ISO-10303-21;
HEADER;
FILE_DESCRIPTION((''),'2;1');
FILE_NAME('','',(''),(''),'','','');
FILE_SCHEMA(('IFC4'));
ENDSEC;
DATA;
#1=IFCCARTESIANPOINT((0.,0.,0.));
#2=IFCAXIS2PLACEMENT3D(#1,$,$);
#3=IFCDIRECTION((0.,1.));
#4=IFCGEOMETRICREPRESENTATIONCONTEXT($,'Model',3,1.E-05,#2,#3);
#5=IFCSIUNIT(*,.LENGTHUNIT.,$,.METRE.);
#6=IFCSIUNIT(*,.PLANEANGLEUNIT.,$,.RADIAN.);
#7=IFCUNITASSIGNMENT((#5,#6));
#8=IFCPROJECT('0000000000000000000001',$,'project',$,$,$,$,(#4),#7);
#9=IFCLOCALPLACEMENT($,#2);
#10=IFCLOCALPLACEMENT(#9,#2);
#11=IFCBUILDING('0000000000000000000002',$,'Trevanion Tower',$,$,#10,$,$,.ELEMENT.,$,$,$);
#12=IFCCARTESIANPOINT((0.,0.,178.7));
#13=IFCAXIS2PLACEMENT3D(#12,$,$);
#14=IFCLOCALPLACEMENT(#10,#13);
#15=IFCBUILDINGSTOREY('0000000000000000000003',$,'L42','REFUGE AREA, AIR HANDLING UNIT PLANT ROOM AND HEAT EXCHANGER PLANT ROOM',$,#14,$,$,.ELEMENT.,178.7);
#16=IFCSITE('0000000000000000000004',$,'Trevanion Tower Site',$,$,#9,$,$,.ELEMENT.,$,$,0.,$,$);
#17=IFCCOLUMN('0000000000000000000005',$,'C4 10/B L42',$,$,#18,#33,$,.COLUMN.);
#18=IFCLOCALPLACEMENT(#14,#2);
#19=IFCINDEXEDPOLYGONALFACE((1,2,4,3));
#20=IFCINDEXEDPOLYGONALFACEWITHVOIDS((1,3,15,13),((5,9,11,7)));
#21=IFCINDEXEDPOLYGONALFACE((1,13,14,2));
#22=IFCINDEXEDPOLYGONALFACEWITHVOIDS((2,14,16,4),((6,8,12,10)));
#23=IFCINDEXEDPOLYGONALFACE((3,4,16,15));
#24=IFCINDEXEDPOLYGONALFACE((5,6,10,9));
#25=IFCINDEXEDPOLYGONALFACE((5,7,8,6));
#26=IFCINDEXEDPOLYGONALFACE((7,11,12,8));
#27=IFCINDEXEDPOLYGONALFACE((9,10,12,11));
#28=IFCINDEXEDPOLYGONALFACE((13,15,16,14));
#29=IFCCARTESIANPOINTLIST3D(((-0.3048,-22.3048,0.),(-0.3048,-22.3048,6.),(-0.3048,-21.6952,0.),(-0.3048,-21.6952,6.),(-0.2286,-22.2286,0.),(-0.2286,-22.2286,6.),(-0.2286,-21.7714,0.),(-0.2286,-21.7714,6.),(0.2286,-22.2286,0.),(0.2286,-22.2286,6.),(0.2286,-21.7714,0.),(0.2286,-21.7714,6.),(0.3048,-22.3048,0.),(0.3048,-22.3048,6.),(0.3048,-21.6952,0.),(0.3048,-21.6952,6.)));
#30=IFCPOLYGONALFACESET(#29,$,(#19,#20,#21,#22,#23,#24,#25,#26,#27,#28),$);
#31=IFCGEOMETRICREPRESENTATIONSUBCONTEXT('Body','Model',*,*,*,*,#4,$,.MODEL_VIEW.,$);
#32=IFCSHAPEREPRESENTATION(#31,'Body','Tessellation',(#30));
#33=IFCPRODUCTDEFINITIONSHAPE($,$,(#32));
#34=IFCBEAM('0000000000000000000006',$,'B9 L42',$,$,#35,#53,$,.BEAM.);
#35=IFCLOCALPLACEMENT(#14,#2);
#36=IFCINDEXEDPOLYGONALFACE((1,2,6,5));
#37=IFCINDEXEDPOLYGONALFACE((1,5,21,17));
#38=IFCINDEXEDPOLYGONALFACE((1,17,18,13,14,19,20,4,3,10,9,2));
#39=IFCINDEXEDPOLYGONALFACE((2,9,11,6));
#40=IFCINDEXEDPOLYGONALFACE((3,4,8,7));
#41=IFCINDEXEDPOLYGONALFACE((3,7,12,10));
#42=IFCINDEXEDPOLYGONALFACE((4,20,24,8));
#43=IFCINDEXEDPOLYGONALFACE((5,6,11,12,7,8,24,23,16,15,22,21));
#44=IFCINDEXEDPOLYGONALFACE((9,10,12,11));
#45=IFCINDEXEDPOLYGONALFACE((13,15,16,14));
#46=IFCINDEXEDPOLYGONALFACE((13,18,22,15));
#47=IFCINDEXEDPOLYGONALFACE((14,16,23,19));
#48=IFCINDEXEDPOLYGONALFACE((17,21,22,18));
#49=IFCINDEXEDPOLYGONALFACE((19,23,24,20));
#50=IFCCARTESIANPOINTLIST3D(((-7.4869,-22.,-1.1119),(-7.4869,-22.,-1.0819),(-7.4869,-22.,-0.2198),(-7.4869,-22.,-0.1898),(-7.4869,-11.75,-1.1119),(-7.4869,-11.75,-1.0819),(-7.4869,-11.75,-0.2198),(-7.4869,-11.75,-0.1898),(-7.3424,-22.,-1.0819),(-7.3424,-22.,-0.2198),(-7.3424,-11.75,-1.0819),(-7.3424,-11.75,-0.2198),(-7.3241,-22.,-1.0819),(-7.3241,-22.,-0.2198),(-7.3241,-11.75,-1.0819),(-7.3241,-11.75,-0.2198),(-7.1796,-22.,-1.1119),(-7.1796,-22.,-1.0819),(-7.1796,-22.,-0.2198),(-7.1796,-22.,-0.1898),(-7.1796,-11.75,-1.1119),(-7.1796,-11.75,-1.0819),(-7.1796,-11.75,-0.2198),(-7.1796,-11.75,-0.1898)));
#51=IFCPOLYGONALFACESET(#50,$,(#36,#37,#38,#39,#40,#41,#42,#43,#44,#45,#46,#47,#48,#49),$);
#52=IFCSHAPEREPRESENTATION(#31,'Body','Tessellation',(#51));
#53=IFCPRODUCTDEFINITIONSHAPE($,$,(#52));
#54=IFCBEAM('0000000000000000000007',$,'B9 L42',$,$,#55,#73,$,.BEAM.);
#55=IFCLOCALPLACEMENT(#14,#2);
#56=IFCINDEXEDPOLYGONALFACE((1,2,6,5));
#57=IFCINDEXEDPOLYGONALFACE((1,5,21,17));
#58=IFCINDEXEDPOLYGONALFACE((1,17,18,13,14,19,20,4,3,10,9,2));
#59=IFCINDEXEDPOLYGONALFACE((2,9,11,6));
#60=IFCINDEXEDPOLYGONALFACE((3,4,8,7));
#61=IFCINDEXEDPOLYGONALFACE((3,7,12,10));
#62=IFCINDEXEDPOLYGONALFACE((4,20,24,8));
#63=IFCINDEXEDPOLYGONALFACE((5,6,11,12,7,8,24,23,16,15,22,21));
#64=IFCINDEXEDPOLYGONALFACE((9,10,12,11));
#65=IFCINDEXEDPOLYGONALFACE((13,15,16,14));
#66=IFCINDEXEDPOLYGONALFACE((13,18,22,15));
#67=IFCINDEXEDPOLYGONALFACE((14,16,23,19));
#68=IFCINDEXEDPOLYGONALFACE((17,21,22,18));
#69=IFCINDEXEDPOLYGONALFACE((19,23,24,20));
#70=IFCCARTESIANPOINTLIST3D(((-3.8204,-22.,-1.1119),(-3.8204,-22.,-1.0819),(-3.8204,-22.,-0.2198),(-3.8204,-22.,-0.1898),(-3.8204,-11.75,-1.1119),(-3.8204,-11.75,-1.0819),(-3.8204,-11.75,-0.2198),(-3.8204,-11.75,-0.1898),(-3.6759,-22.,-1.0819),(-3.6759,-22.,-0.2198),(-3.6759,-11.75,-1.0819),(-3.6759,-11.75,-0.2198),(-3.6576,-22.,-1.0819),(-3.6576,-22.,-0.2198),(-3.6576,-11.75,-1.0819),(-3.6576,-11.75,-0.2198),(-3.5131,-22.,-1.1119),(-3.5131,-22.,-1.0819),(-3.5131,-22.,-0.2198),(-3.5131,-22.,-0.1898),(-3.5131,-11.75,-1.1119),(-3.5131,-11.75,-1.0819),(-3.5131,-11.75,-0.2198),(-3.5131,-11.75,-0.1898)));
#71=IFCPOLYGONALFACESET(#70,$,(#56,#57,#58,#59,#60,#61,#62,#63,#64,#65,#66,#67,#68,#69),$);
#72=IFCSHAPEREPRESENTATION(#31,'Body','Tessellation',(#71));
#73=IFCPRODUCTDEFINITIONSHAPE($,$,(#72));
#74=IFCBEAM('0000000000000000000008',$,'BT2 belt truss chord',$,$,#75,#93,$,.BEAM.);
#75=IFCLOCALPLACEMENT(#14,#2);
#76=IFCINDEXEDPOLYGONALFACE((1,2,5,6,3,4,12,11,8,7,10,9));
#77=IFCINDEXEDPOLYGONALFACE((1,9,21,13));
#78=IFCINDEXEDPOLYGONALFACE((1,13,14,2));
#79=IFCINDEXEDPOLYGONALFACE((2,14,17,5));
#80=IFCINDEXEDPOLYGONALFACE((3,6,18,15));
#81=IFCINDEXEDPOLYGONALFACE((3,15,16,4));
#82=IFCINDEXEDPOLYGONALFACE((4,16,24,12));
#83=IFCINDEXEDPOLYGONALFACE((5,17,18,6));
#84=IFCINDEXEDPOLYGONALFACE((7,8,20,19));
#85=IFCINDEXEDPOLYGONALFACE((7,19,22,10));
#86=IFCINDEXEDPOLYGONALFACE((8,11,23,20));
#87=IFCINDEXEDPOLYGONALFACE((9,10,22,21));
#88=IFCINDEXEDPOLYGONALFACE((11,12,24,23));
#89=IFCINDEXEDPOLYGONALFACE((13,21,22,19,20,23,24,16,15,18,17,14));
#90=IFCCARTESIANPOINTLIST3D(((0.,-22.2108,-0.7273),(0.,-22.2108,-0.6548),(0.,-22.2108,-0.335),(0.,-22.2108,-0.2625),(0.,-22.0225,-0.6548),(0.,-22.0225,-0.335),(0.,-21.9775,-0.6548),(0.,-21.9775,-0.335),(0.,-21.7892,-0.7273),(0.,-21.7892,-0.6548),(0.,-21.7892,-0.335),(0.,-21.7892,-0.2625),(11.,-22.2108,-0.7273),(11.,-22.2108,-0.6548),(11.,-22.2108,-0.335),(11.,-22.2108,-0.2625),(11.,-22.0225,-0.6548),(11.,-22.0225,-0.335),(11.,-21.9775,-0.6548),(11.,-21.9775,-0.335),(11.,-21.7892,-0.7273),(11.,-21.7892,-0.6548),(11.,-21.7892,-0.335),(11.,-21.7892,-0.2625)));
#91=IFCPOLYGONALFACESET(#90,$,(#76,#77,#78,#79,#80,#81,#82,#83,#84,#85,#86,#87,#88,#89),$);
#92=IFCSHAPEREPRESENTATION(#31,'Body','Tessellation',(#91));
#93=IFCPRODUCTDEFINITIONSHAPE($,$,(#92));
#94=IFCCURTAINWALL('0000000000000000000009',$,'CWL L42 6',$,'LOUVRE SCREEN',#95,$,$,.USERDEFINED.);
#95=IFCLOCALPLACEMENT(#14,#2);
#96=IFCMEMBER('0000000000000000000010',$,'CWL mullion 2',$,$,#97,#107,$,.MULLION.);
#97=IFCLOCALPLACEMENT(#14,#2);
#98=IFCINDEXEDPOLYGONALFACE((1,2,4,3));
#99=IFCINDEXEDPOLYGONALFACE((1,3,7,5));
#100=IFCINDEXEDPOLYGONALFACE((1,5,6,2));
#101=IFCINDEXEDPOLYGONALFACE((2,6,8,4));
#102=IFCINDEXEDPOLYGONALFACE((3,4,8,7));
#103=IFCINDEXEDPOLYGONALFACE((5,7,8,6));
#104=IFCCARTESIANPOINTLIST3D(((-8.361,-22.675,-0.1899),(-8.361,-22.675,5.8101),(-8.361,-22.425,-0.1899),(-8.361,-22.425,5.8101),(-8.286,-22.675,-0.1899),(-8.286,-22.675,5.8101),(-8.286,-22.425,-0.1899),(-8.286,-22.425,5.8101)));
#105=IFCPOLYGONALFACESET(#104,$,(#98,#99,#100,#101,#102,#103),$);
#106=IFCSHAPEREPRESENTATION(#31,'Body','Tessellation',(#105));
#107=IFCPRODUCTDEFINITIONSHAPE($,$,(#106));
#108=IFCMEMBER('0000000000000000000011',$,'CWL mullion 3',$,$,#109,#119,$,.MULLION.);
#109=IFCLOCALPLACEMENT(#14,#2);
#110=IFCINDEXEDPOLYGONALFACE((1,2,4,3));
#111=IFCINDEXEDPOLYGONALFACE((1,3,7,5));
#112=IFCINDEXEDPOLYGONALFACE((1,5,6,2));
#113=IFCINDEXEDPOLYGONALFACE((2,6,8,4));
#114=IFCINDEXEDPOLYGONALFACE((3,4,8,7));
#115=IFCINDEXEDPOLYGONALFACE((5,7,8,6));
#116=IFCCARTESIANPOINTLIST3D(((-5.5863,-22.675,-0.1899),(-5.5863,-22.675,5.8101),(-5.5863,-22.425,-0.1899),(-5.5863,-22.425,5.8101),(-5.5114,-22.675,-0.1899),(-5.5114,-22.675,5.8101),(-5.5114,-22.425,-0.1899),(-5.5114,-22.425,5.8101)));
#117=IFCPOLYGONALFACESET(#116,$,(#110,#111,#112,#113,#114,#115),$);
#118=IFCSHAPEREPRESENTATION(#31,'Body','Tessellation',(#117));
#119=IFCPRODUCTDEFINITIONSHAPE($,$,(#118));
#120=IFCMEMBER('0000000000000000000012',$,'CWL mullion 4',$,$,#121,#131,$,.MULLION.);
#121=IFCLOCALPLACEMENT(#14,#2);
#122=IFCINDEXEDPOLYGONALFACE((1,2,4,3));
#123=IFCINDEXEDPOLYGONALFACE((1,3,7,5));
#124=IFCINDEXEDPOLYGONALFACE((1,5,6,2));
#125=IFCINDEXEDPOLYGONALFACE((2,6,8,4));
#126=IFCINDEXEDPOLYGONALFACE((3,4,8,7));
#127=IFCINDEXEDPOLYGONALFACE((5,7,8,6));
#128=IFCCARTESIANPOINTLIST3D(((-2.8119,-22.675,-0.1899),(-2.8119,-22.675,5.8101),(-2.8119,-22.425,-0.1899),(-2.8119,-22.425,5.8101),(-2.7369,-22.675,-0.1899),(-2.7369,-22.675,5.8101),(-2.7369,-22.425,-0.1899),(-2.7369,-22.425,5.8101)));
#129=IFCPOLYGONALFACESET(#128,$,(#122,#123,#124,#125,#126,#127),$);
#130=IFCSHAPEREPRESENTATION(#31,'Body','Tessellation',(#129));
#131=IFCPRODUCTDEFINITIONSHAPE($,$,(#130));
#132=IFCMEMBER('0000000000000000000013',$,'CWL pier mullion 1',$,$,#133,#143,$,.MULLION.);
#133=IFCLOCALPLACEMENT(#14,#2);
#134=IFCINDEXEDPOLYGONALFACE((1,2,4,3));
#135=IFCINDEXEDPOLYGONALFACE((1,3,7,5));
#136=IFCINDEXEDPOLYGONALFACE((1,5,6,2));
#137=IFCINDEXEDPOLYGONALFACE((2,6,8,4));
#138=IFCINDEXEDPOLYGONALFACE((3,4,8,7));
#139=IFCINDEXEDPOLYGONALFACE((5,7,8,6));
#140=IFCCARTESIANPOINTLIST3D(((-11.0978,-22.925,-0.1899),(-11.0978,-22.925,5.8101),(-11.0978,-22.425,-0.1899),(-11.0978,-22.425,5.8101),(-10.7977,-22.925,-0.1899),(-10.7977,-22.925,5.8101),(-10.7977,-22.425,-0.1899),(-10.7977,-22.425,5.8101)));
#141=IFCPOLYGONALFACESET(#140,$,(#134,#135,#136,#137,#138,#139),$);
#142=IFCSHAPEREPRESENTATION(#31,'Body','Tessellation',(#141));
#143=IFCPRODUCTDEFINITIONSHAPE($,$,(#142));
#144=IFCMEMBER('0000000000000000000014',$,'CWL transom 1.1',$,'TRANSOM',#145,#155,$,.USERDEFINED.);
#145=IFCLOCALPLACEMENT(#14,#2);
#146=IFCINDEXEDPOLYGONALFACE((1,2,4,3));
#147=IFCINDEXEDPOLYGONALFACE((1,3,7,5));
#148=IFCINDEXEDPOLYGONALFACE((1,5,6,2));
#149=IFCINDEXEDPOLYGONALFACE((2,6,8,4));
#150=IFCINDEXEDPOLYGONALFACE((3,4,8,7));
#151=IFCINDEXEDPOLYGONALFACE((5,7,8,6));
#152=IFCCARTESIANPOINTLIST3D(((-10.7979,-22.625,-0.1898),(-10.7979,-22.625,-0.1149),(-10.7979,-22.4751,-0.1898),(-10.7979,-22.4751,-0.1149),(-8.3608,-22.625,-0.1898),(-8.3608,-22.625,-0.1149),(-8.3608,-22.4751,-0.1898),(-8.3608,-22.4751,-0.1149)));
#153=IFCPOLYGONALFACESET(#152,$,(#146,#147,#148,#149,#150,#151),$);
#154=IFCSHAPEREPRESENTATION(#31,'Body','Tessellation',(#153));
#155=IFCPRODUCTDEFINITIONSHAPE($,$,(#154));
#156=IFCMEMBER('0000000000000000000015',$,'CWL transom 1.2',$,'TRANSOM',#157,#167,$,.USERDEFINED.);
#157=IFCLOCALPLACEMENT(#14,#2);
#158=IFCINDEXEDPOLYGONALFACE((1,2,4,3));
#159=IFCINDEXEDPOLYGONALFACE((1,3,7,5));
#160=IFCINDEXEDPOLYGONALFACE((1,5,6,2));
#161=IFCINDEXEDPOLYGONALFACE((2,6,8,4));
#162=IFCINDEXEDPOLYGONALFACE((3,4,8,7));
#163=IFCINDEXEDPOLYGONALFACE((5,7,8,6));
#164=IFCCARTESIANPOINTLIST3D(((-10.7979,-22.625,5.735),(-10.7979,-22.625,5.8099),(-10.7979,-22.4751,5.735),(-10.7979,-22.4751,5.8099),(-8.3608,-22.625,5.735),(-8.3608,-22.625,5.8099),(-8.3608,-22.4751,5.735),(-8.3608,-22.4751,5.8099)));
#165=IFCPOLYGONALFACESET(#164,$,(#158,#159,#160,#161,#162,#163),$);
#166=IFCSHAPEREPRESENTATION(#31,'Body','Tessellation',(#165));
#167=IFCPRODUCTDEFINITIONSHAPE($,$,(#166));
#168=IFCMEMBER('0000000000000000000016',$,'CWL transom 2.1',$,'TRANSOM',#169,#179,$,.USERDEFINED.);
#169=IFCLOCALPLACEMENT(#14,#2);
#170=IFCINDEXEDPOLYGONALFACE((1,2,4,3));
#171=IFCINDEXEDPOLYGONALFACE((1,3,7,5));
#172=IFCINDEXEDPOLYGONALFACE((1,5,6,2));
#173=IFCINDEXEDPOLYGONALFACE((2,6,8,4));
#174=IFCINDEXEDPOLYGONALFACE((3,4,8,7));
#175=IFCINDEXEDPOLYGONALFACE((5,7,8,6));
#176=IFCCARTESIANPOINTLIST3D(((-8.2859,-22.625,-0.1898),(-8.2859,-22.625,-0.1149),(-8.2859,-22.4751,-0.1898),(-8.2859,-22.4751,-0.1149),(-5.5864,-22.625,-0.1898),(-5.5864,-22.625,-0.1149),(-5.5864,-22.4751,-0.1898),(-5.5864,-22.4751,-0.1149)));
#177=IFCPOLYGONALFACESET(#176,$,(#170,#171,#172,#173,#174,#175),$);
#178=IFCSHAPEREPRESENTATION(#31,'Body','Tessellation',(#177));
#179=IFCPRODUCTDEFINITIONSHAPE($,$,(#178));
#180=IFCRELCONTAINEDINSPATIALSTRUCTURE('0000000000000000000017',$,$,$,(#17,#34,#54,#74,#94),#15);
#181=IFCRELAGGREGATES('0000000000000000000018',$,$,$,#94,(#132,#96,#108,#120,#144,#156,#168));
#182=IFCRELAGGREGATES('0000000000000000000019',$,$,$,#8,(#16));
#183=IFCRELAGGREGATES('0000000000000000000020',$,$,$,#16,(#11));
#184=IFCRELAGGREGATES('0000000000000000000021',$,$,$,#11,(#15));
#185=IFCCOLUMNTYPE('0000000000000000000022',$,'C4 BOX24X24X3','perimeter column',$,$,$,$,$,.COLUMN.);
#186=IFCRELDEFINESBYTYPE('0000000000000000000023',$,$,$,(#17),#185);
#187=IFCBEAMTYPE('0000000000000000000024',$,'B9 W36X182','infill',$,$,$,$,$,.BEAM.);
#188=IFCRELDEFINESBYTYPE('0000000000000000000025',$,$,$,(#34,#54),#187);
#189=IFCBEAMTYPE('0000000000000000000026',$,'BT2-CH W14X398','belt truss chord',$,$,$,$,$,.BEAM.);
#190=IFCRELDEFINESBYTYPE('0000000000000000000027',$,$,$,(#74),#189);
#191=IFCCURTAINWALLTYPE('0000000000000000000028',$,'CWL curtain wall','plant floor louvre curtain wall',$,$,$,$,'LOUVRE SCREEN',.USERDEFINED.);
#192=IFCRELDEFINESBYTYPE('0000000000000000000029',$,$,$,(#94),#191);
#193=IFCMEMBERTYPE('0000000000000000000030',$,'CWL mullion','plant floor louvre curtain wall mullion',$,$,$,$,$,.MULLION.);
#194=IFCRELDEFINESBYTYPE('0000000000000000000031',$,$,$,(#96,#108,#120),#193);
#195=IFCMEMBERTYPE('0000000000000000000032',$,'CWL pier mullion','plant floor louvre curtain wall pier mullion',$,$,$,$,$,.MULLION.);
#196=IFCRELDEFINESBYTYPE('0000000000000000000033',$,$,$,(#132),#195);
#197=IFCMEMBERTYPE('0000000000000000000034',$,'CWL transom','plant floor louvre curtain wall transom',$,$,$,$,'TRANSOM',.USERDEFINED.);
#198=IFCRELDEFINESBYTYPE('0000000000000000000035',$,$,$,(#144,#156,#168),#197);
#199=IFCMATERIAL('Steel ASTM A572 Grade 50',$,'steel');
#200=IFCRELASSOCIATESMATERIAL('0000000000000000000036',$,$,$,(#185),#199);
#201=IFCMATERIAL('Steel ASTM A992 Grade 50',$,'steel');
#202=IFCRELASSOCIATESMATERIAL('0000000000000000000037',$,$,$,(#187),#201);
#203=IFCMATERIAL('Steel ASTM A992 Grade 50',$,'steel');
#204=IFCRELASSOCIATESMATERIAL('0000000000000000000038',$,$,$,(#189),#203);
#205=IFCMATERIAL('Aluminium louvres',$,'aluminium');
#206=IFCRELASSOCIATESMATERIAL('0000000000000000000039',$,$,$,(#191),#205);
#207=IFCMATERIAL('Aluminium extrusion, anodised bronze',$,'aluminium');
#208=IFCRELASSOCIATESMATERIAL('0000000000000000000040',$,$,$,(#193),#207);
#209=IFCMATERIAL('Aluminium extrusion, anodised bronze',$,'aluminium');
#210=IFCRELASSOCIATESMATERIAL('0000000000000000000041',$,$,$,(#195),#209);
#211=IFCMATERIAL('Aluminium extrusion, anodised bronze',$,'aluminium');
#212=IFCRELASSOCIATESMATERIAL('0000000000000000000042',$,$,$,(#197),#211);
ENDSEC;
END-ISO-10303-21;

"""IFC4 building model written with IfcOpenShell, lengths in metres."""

from ifc_helpers import new_model, si_unit, direction, frame, origin, origin_2d, place, context, subcontext, project, spatial, rectangle, hollow_rectangle, i_section, extrude, material, material_profile, profile_set, type_object, element, aggregate, save


model = new_model("IFC4")

# Units and contexts
model_context = context("Model", 3, precision=1e-05, world=origin(), true_north=direction((0.0, 1.0)))
body_context = subcontext(model_context, "Body", "Model", "MODEL_VIEW")
ifc_project = project(units=[si_unit("LENGTHUNIT", "METRE"), si_unit("PLANEANGLEUNIT", "RADIAN")], contexts=[model_context])

# Site, building, storey
site_placement = place(None, origin())
site = spatial("IfcSite", under=ifc_project, at=site_placement, Name="Trevanion Tower Site", CompositionType="ELEMENT", RefElevation=0.0)
building_placement = place(site_placement, origin())
building = spatial("IfcBuilding", under=site, at=building_placement, Name="Trevanion Tower", CompositionType="ELEMENT")
storey_placement = place(building_placement, frame((0.0, 0.0, 178.7)))
storey = spatial("IfcBuildingStorey", under=building, at=storey_placement, Name="L42", Description="REFUGE AREA, AIR HANDLING UNIT PLANT ROOM AND HEAT EXCHANGER PLANT ROOM", CompositionType="ELEMENT", Elevation=178.7)

# Column
ifc_material_1 = material(Name="Steel ASTM A572 Grade 50", Category="steel")
ifc_material_profile_1 = material_profile(ifc_material_1, hollow_rectangle(XDim=0.6096, YDim=0.6096, WallThickness=0.0762, at=origin_2d()), Name="BOX24X24X3")
ifc_profile_set_1 = profile_set([ifc_material_profile_1], Name="Steel ASTM A572 Grade 50")
column_type = type_object("IfcColumnType", Name="C4 BOX24X24X3", Description="perimeter column", PredefinedType="COLUMN", material=ifc_profile_set_1)
column_placement = place(storey_placement, frame((0.0, -22.0, 0.0), z_axis=(0.0, 0.0, 1.0), x_axis=(1.0, 0.0, 0.0)))
element("IfcColumn", 1, at=column_placement, inside=storey, type_object=column_type, Name="C4 10/B L42", PredefinedType="COLUMN", context=body_context, shape_type="SweptSolid", body=[
    extrude(hollow_rectangle(XDim=0.6096, YDim=0.6096, WallThickness=0.0762, at=origin_2d()), origin(), (0.0, 0.0, 1.0), 6.0),
])

# Beams
ifc_material_2 = material(Name="Steel ASTM A992 Grade 50", Category="steel")
ifc_material_profile_2 = material_profile(ifc_material_2, i_section(OverallWidth=0.3074, OverallDepth=0.9221, WebThickness=0.0183, FlangeThickness=0.03, at=origin_2d()), Name="W36X182")
ifc_profile_set_2 = profile_set([ifc_material_profile_2], Name="Steel ASTM A992 Grade 50")
beam_type_1 = type_object("IfcBeamType", Name="B9 W36X182", Description="infill", PredefinedType="BEAM", material=ifc_profile_set_2)
for number, where, z_axis, x_axis, name in (
    (2, (-7.3333, -11.75, -0.6509), (0.0, -1.0, 0.0), (1.0, 0.0, 0.0), "B9 L42"),
    (3, (-3.6667, -11.75, -0.6509), (0.0, -1.0, 0.0), (1.0, 0.0, 0.0), "B9 L42"),
):
    element("IfcBeam", number, at=place(storey_placement, frame(where, z_axis=z_axis, x_axis=x_axis)), inside=storey, type_object=beam_type_1, Name=name, PredefinedType="BEAM", context=body_context, shape_type="SweptSolid", body=[
        extrude(i_section(OverallWidth=0.3074, OverallDepth=0.9221, WebThickness=0.0183, FlangeThickness=0.03, at=origin_2d()), origin(), (0.0, 0.0, 1.0), 10.25),
    ])
ifc_material_3 = material(Name="Steel ASTM A992 Grade 50", Category="steel")
ifc_material_profile_3 = material_profile(ifc_material_3, i_section(OverallWidth=0.4216, OverallDepth=0.4648, WebThickness=0.0449, FlangeThickness=0.0725, at=origin_2d()), Name="W14X398")
ifc_profile_set_3 = profile_set([ifc_material_profile_3], Name="Steel ASTM A992 Grade 50")
beam_type_2 = type_object("IfcBeamType", Name="BT2-CH W14X398", Description="belt truss chord", PredefinedType="BEAM", material=ifc_profile_set_3)
beam_1_placement = place(storey_placement, frame((0.0, -22.0, -0.4949), z_axis=(1.0, 0.0, 0.0), x_axis=(0.0, 1.0, 0.0)))
element("IfcBeam", 4, at=beam_1_placement, inside=storey, type_object=beam_type_2, Name="BT2 belt truss chord", PredefinedType="BEAM", context=body_context, shape_type="SweptSolid", body=[
    extrude(i_section(OverallWidth=0.4216, OverallDepth=0.4648, WebThickness=0.0449, FlangeThickness=0.0725, at=origin_2d()), origin(), (0.0, 0.0, 1.0), 11.0),
])

# Curtain wall, members
ifc_material_4 = material(Name="Aluminium louvres", Category="aluminium")
curtain_wall_type = type_object("IfcCurtainWallType", Name="CWL curtain wall", Description="plant floor louvre curtain wall", ElementType="LOUVRE SCREEN", PredefinedType="USERDEFINED", material=ifc_material_4)
curtain_wall_placement = place(storey_placement, origin())
curtain_wall = element("IfcCurtainWall", 5, at=curtain_wall_placement, inside=storey, type_object=curtain_wall_type, Name="CWL L42 6", ObjectType="LOUVRE SCREEN", PredefinedType="USERDEFINED")
ifc_material_5 = material(Name="Aluminium extrusion, anodised bronze", Category="aluminium")
ifc_material_profile_4 = material_profile(ifc_material_5, rectangle(XDim=0.075, YDim=0.25, at=origin_2d()), Name="CWL mullion")
ifc_profile_set_4 = profile_set([ifc_material_profile_4], Name="Aluminium extrusion, anodised bronze")
member_type_1 = type_object("IfcMemberType", Name="CWL mullion", Description="plant floor louvre curtain wall mullion", PredefinedType="MULLION", material=ifc_profile_set_4)
member_1_placement = place(storey_placement, frame((-8.3235, -22.55, -0.1899), z_axis=(0.0, 0.0, 1.0), x_axis=(1.0, 0.0, 0.0)))
member_1 = element("IfcMember", 6, at=member_1_placement, type_object=member_type_1, Name="CWL mullion 2", PredefinedType="MULLION", context=body_context, shape_type="SweptSolid", body=[
    extrude(rectangle(XDim=0.075, YDim=0.25, at=origin_2d()), origin(), (0.0, 0.0, 1.0), 6.0),
])
member_2_placement = place(storey_placement, frame((-5.5488, -22.55, -0.1899), z_axis=(0.0, 0.0, 1.0), x_axis=(1.0, 0.0, 0.0)))
member_2 = element("IfcMember", 7, at=member_2_placement, type_object=member_type_1, Name="CWL mullion 3", PredefinedType="MULLION", context=body_context, shape_type="SweptSolid", body=[
    extrude(rectangle(XDim=0.075, YDim=0.25, at=origin_2d()), origin(), (0.0, 0.0, 1.0), 6.0),
])
member_3_placement = place(storey_placement, frame((-2.7744, -22.55, -0.1899), z_axis=(0.0, 0.0, 1.0), x_axis=(1.0, 0.0, 0.0)))
member_3 = element("IfcMember", 8, at=member_3_placement, type_object=member_type_1, Name="CWL mullion 4", PredefinedType="MULLION", context=body_context, shape_type="SweptSolid", body=[
    extrude(rectangle(XDim=0.075, YDim=0.25, at=origin_2d()), origin(), (0.0, 0.0, 1.0), 6.0),
])
ifc_material_6 = material(Name="Aluminium extrusion, anodised bronze", Category="aluminium")
ifc_material_profile_5 = material_profile(ifc_material_6, rectangle(XDim=0.3, YDim=0.5, at=origin_2d()), Name="CWL pier mullion")
ifc_profile_set_5 = profile_set([ifc_material_profile_5], Name="Aluminium extrusion, anodised bronze")
member_type_2 = type_object("IfcMemberType", Name="CWL pier mullion", Description="plant floor louvre curtain wall pier mullion", PredefinedType="MULLION", material=ifc_profile_set_5)
member_4_placement = place(storey_placement, frame((-10.9478, -22.675, -0.1899), z_axis=(0.0, 0.0, 1.0), x_axis=(1.0, 0.0, 0.0)))
member_4 = element("IfcMember", 9, at=member_4_placement, type_object=member_type_2, Name="CWL pier mullion 1", PredefinedType="MULLION", context=body_context, shape_type="SweptSolid", body=[
    extrude(rectangle(XDim=0.3, YDim=0.5, at=origin_2d()), origin(), (0.0, 0.0, 1.0), 6.0),
])
ifc_material_7 = material(Name="Aluminium extrusion, anodised bronze", Category="aluminium")
ifc_material_profile_6 = material_profile(ifc_material_7, rectangle(XDim=0.1499, YDim=0.075, at=origin_2d()), Name="CWL transom")
ifc_profile_set_6 = profile_set([ifc_material_profile_6], Name="Aluminium extrusion, anodised bronze")
member_type_3 = type_object("IfcMemberType", Name="CWL transom", Description="plant floor louvre curtain wall transom", ElementType="TRANSOM", PredefinedType="USERDEFINED", material=ifc_profile_set_6)
member_5_placement = place(storey_placement, frame((-10.7979, -22.55, -0.1523), z_axis=(1.0, 0.0, 0.0), x_axis=(0.0, 1.0, 0.0)))
member_5 = element("IfcMember", 10, at=member_5_placement, type_object=member_type_3, Name="CWL transom 1.1", ObjectType="TRANSOM", PredefinedType="USERDEFINED", context=body_context, shape_type="SweptSolid", body=[
    extrude(rectangle(XDim=0.1499, YDim=0.075, at=origin_2d()), origin(), (0.0, 0.0, 1.0), 2.437),
])
member_6_placement = place(storey_placement, frame((-10.7979, -22.55, 5.7725), z_axis=(1.0, 0.0, 0.0), x_axis=(0.0, 1.0, 0.0)))
member_6 = element("IfcMember", 11, at=member_6_placement, type_object=member_type_3, Name="CWL transom 1.2", ObjectType="TRANSOM", PredefinedType="USERDEFINED", context=body_context, shape_type="SweptSolid", body=[
    extrude(rectangle(XDim=0.1499, YDim=0.075, at=origin_2d()), origin(), (0.0, 0.0, 1.0), 2.437),
])
member_7_placement = place(storey_placement, frame((-8.2859, -22.55, -0.1523), z_axis=(1.0, 0.0, 0.0), x_axis=(0.0, 1.0, 0.0)))
member_7 = element("IfcMember", 12, at=member_7_placement, type_object=member_type_3, Name="CWL transom 2.1", ObjectType="TRANSOM", PredefinedType="USERDEFINED", context=body_context, shape_type="SweptSolid", body=[
    extrude(rectangle(XDim=0.1499, YDim=0.075, at=origin_2d()), origin(), (0.0, 0.0, 1.0), 2.6995),
])

aggregate(curtain_wall, [member_4, member_1, member_2, member_3, member_5, member_6, member_7])

save(model, "model.ifc")
